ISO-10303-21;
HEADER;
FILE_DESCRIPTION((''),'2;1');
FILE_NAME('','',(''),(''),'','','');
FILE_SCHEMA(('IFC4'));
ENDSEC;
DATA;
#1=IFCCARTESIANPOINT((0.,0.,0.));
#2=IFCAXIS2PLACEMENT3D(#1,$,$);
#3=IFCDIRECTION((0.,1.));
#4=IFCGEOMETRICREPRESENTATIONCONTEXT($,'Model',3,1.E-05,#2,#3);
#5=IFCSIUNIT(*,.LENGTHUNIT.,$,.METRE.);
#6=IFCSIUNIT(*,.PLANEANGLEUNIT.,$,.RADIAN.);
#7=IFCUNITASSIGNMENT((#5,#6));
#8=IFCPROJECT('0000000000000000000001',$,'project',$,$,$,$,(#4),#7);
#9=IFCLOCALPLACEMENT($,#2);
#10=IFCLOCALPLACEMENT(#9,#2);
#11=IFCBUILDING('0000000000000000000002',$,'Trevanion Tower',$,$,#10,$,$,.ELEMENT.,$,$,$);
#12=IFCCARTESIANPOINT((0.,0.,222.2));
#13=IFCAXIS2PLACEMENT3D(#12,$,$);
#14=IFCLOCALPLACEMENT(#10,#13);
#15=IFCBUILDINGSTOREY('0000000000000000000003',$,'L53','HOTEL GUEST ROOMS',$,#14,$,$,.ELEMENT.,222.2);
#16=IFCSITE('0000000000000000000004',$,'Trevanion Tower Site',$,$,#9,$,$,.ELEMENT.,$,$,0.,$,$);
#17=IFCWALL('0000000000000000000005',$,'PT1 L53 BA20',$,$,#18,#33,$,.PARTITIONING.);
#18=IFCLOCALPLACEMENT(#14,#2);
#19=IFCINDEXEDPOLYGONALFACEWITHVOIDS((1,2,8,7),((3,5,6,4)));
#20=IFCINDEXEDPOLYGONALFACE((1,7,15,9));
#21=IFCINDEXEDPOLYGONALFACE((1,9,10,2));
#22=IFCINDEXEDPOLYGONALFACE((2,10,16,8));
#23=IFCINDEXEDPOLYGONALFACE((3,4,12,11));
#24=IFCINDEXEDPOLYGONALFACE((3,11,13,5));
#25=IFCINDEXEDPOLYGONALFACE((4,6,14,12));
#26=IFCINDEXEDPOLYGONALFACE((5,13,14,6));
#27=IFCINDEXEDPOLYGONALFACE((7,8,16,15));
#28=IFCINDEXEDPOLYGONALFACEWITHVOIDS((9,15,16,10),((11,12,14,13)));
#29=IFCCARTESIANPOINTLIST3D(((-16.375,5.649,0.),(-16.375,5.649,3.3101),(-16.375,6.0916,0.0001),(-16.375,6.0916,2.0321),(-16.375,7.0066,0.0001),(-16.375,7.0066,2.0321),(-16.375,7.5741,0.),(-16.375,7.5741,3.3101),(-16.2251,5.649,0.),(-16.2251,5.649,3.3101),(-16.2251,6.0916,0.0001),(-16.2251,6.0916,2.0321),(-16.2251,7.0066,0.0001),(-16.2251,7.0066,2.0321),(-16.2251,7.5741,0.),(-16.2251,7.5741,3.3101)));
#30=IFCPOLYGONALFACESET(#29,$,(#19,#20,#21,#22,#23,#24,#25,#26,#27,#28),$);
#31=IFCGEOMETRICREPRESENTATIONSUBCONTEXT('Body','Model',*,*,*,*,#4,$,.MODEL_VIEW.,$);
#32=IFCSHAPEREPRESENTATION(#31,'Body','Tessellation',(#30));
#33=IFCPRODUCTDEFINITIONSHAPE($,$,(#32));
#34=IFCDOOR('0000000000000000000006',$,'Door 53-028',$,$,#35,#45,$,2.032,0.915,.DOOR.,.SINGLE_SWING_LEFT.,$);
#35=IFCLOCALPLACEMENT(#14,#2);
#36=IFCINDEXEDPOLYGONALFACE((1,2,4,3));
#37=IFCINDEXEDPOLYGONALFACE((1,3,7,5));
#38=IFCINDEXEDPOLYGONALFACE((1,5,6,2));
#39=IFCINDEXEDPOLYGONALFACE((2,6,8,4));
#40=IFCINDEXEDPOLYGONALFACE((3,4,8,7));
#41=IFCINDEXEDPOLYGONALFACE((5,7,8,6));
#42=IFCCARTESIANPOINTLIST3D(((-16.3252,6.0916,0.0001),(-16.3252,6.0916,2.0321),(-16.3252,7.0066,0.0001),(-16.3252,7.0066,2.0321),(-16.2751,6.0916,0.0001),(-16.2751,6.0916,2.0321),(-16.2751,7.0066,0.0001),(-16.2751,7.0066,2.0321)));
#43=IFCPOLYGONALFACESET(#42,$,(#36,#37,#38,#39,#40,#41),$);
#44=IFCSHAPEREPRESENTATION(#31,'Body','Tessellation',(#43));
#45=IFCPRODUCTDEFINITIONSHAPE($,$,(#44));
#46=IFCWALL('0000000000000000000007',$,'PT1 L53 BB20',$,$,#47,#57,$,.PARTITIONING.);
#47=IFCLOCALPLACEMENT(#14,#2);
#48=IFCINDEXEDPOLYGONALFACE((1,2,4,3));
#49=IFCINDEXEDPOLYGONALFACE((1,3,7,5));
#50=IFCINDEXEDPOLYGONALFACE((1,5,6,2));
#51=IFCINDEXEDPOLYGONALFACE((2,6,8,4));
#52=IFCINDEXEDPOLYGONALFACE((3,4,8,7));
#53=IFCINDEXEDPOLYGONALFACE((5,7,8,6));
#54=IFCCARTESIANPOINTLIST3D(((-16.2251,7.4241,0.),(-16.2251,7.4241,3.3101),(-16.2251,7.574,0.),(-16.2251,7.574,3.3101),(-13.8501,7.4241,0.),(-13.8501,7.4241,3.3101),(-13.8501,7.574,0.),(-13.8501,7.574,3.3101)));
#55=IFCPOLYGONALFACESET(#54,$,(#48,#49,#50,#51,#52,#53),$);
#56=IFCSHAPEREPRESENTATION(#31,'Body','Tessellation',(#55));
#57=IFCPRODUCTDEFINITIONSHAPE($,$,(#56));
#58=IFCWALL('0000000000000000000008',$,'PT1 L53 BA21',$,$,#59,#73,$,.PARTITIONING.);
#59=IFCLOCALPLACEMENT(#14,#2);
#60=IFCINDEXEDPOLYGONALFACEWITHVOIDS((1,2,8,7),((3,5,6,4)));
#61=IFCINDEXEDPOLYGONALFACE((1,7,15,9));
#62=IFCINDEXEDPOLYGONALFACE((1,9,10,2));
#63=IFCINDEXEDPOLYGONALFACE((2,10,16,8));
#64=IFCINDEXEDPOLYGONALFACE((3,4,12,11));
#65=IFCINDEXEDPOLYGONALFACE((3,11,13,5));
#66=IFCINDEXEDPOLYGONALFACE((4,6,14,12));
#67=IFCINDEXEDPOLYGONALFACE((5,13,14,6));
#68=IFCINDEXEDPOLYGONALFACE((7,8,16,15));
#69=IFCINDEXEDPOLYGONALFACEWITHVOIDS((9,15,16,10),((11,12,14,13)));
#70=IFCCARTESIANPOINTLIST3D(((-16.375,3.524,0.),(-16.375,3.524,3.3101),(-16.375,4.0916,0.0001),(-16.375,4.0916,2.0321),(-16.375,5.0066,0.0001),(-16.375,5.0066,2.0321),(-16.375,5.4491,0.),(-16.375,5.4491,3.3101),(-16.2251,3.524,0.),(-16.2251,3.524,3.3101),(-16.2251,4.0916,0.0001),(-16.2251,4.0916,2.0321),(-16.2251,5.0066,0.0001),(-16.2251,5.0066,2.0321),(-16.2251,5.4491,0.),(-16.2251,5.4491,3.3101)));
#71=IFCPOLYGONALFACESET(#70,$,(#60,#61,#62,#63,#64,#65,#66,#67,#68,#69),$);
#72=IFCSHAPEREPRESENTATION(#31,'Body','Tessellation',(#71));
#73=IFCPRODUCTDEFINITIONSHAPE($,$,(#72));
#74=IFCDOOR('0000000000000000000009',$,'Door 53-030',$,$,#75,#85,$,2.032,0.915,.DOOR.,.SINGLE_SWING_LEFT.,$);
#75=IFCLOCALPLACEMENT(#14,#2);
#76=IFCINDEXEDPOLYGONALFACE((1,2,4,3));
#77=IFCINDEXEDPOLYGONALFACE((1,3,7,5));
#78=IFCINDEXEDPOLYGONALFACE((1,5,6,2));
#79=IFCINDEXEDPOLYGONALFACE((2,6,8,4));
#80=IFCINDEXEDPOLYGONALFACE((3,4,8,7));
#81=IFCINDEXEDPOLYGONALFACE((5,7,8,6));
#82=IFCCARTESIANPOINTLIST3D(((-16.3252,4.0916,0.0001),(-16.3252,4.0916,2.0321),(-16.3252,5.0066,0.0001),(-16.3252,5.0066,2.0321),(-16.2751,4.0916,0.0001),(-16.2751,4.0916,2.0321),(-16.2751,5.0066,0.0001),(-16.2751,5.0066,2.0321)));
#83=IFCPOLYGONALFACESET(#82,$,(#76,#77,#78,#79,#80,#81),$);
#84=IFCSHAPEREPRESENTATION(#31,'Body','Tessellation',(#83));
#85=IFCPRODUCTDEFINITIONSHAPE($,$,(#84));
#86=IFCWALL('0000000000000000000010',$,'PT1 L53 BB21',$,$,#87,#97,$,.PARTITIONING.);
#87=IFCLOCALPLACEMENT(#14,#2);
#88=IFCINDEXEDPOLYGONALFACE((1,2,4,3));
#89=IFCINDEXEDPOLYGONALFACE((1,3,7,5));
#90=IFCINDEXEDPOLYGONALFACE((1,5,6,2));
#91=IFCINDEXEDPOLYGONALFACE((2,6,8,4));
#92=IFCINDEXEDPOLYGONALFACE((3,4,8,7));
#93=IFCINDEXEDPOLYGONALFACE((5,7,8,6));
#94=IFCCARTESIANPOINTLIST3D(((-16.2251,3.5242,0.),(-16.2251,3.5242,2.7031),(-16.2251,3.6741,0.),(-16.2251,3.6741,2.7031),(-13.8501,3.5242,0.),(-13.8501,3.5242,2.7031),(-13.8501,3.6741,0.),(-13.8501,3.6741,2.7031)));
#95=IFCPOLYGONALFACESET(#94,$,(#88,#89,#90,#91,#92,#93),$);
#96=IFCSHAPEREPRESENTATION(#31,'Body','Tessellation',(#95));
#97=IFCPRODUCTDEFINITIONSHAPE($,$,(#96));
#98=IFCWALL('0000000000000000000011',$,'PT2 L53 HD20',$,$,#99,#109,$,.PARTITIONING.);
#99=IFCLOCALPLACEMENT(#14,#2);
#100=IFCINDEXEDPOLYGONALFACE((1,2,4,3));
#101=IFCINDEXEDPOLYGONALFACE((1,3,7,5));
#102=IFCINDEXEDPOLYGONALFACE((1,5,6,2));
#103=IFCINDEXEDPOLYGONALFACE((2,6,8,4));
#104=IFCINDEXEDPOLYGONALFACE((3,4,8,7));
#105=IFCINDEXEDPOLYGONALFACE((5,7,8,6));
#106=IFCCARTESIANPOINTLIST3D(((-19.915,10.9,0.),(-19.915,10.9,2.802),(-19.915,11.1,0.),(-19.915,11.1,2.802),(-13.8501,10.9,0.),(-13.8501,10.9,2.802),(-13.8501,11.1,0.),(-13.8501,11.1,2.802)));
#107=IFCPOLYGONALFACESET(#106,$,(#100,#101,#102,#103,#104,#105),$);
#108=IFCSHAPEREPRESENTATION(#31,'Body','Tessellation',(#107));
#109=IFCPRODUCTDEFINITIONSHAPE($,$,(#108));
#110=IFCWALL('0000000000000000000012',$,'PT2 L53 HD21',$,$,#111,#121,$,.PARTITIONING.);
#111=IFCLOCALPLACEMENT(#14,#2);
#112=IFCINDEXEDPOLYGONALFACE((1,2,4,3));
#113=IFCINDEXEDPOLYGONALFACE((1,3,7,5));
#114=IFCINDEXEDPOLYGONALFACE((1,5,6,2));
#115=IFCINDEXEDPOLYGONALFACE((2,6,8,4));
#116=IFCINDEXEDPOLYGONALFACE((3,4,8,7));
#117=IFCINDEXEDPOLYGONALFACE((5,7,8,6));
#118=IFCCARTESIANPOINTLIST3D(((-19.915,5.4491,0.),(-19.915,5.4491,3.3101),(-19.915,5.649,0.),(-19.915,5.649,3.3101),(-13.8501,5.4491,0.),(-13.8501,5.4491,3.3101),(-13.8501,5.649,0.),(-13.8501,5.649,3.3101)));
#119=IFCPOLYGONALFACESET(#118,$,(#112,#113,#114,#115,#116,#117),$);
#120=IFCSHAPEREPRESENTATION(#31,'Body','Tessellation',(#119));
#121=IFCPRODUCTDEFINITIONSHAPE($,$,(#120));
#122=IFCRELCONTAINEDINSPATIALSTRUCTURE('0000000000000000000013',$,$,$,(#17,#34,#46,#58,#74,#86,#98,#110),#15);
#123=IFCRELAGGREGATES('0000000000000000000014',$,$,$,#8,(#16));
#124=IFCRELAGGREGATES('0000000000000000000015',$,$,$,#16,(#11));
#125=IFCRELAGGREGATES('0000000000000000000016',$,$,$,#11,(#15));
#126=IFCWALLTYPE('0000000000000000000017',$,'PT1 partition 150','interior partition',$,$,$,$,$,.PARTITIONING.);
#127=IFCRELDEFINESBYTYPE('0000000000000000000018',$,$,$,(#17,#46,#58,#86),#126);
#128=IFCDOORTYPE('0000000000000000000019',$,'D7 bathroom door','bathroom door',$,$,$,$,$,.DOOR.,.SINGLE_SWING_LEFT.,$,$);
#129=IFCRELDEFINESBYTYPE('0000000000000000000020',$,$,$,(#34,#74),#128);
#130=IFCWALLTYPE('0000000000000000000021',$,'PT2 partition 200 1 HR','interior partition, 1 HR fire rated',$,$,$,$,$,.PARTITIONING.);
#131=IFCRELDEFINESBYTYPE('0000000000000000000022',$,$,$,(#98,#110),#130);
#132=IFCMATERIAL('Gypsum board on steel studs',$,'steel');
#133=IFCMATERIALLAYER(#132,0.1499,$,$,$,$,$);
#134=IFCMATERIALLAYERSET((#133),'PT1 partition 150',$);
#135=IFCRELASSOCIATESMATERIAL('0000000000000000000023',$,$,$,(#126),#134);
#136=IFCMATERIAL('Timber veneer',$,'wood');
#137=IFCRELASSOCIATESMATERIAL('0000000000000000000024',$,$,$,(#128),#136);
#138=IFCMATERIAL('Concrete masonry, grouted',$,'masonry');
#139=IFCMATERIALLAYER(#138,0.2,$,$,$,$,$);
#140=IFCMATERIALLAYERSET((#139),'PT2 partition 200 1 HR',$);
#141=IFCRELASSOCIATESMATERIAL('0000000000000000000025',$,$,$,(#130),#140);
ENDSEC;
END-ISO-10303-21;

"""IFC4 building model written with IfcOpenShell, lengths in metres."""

from ifc_helpers import new_model, si_unit, direction, frame, frame_2d, origin, place, context, subcontext, project, spatial, rectangle, extrude, material, layer, layer_set, type_object, element, fill, save


model = new_model("IFC4")

# Units and contexts
model_context = context("Model", 3, precision=1e-05, world=origin(), true_north=direction((0.0, 1.0)))
body_context = subcontext(model_context, "Body", "Model", "MODEL_VIEW")
ifc_project = project(units=[si_unit("LENGTHUNIT", "METRE"), si_unit("PLANEANGLEUNIT", "RADIAN")], contexts=[model_context])

# Site, building, storey
site_placement = place(None, origin())
site = spatial("IfcSite", under=ifc_project, at=site_placement, Name="Trevanion Tower Site", CompositionType="ELEMENT", RefElevation=0.0)
building_placement = place(site_placement, origin())
building = spatial("IfcBuilding", under=site, at=building_placement, Name="Trevanion Tower", CompositionType="ELEMENT")
storey_placement = place(building_placement, frame((0.0, 0.0, 222.2)))
storey = spatial("IfcBuildingStorey", under=building, at=storey_placement, Name="L53", Description="HOTEL GUEST ROOMS", CompositionType="ELEMENT", Elevation=222.2)

# Wall, opening, door
ifc_material_1 = material(Name="Gypsum board on steel studs", Category="steel")
ifc_layer_1 = layer(ifc_material_1, 0.1499)
ifc_layer_set_1 = layer_set([ifc_layer_1], Name="PT1 partition 150")
wall_type_1 = type_object("IfcWallType", Name="PT1 partition 150", Description="interior partition", PredefinedType="PARTITIONING", material=ifc_layer_set_1)
wall_1_placement = place(storey_placement, frame((-16.3, 7.574, 0.0), z_axis=(0.0, 0.0, 1.0), x_axis=(0.0, -1.0, 0.0)))
wall_1 = element("IfcWall", 1, at=wall_1_placement, inside=storey, type_object=wall_type_1, Name="PT1 L53 BA20", PredefinedType="PARTITIONING", context=body_context, shape_type="SweptSolid", body=[
    extrude(rectangle(XDim=1.925, YDim=0.1499, at=frame_2d((0.9624, 0.0))), origin(), (0.0, 0.0, 1.0), 3.3101),
])
opening_1_placement = place(wall_1_placement, frame((0.5674, 0.0, 0.0)))
opening_1 = element("IfcOpeningElement", 2, at=opening_1_placement, cuts=wall_1, PredefinedType="OPENING", context=body_context, shape_type="SweptSolid", body=[
    extrude(rectangle(XDim=0.915, YDim=2.032, at=frame_2d((0.4575, 1.0161))), frame((0.0, 0.085, 0.0), z_axis=(0.0, -1.0, 0.0), x_axis=(1.0, 0.0, 0.0)), (0.0, 0.0, 1.0), 0.1699),
])
ifc_material_2 = material(Name="Timber veneer", Category="wood")
door_type = type_object("IfcDoorType", Name="D7 bathroom door", Description="bathroom door", OperationType="SINGLE_SWING_LEFT", PredefinedType="DOOR", material=ifc_material_2)
door_1_placement = place(opening_1_placement, origin())
door_1 = element("IfcDoor", 3, at=door_1_placement, inside=storey, type_object=door_type, Name="Door 53-028", OperationType="SINGLE_SWING_LEFT", OverallHeight=2.032, OverallWidth=0.915, PredefinedType="DOOR", context=body_context, shape_type="SweptSolid", body=[
    extrude(rectangle(XDim=0.915, YDim=2.032, at=frame_2d((0.4575, 1.0161))), frame((0.0, 0.0249, 0.0), z_axis=(0.0, -1.0, 0.0), x_axis=(1.0, 0.0, 0.0)), (0.0, 0.0, 1.0), 0.05),
])
fill(opening_1, door_1)

# Wall
wall_2_placement = place(storey_placement, frame((-13.8501, 7.499, 0.0), z_axis=(0.0, 0.0, 1.0), x_axis=(-1.0, 0.0, 0.0)))
element("IfcWall", 4, at=wall_2_placement, inside=storey, type_object=wall_type_1, Name="PT1 L53 BB20", PredefinedType="PARTITIONING", context=body_context, shape_type="SweptSolid", body=[
    extrude(rectangle(XDim=2.375, YDim=0.1499, at=frame_2d((1.1875, 0.0))), origin(), (0.0, 0.0, 1.0), 3.3101),
])

# Wall, opening, door
wall_3_placement = place(storey_placement, frame((-16.3, 5.449, 0.0), z_axis=(0.0, 0.0, 1.0), x_axis=(0.0, -1.0, 0.0)))
wall_3 = element("IfcWall", 5, at=wall_3_placement, inside=storey, type_object=wall_type_1, Name="PT1 L53 BA21", PredefinedType="PARTITIONING", context=body_context, shape_type="SweptSolid", body=[
    extrude(rectangle(XDim=1.925, YDim=0.1499, at=frame_2d((0.9624, 0.0))), origin(), (0.0, 0.0, 1.0), 3.3101),
])
opening_2_placement = place(wall_3_placement, frame((0.4424, 0.0, 0.0)))
opening_2 = element("IfcOpeningElement", 6, at=opening_2_placement, cuts=wall_3, PredefinedType="OPENING", context=body_context, shape_type="SweptSolid", body=[
    extrude(rectangle(XDim=0.915, YDim=2.032, at=frame_2d((0.4575, 1.0161))), frame((0.0, 0.085, 0.0), z_axis=(0.0, -1.0, 0.0), x_axis=(1.0, 0.0, 0.0)), (0.0, 0.0, 1.0), 0.1699),
])
door_2_placement = place(opening_2_placement, origin())
door_2 = element("IfcDoor", 7, at=door_2_placement, inside=storey, type_object=door_type, Name="Door 53-030", OperationType="SINGLE_SWING_LEFT", OverallHeight=2.032, OverallWidth=0.915, PredefinedType="DOOR", context=body_context, shape_type="SweptSolid", body=[
    extrude(rectangle(XDim=0.915, YDim=2.032, at=frame_2d((0.4575, 1.0161))), frame((0.0, 0.0249, 0.0), z_axis=(0.0, -1.0, 0.0), x_axis=(1.0, 0.0, 0.0)), (0.0, 0.0, 1.0), 0.05),
])
fill(opening_2, door_2)

# Walls
wall_4_placement = place(storey_placement, frame((-13.8501, 3.5991, 0.0), z_axis=(0.0, 0.0, 1.0), x_axis=(-1.0, 0.0, 0.0)))
element("IfcWall", 8, at=wall_4_placement, inside=storey, type_object=wall_type_1, Name="PT1 L53 BB21", PredefinedType="PARTITIONING", context=body_context, shape_type="SweptSolid", body=[
    extrude(rectangle(XDim=2.375, YDim=0.1499, at=frame_2d((1.1875, 0.0))), origin(), (0.0, 0.0, 1.0), 2.7031),
])
ifc_material_3 = material(Name="Concrete masonry, grouted", Category="masonry")
ifc_layer_2 = layer(ifc_material_3, 0.2)
ifc_layer_set_2 = layer_set([ifc_layer_2], Name="PT2 partition 200 1 HR")
wall_type_2 = type_object("IfcWallType", Name="PT2 partition 200 1 HR", Description="interior partition, 1 HR fire rated", PredefinedType="PARTITIONING", material=ifc_layer_set_2)
wall_5_placement = place(storey_placement, frame((-13.8501, 11.0, 0.0), z_axis=(0.0, 0.0, 1.0), x_axis=(-1.0, 0.0, 0.0)))
element("IfcWall", 9, at=wall_5_placement, inside=storey, type_object=wall_type_2, Name="PT2 L53 HD20", PredefinedType="PARTITIONING", context=body_context, shape_type="SweptSolid", body=[
    extrude(rectangle(XDim=6.0649, YDim=0.2, at=frame_2d((3.0325, 0.0))), origin(), (0.0, 0.0, 1.0), 2.802),
])
wall_6_placement = place(storey_placement, frame((-13.8501, 5.5491, 0.0), z_axis=(0.0, 0.0, 1.0), x_axis=(-1.0, 0.0, 0.0)))
element("IfcWall", 10, at=wall_6_placement, inside=storey, type_object=wall_type_2, Name="PT2 L53 HD21", PredefinedType="PARTITIONING", context=body_context, shape_type="SweptSolid", body=[
    extrude(rectangle(XDim=6.0649, YDim=0.2, at=frame_2d((3.0325, 0.0))), origin(), (0.0, 0.0, 1.0), 3.3101),
])

save(model, "model.ifc")
